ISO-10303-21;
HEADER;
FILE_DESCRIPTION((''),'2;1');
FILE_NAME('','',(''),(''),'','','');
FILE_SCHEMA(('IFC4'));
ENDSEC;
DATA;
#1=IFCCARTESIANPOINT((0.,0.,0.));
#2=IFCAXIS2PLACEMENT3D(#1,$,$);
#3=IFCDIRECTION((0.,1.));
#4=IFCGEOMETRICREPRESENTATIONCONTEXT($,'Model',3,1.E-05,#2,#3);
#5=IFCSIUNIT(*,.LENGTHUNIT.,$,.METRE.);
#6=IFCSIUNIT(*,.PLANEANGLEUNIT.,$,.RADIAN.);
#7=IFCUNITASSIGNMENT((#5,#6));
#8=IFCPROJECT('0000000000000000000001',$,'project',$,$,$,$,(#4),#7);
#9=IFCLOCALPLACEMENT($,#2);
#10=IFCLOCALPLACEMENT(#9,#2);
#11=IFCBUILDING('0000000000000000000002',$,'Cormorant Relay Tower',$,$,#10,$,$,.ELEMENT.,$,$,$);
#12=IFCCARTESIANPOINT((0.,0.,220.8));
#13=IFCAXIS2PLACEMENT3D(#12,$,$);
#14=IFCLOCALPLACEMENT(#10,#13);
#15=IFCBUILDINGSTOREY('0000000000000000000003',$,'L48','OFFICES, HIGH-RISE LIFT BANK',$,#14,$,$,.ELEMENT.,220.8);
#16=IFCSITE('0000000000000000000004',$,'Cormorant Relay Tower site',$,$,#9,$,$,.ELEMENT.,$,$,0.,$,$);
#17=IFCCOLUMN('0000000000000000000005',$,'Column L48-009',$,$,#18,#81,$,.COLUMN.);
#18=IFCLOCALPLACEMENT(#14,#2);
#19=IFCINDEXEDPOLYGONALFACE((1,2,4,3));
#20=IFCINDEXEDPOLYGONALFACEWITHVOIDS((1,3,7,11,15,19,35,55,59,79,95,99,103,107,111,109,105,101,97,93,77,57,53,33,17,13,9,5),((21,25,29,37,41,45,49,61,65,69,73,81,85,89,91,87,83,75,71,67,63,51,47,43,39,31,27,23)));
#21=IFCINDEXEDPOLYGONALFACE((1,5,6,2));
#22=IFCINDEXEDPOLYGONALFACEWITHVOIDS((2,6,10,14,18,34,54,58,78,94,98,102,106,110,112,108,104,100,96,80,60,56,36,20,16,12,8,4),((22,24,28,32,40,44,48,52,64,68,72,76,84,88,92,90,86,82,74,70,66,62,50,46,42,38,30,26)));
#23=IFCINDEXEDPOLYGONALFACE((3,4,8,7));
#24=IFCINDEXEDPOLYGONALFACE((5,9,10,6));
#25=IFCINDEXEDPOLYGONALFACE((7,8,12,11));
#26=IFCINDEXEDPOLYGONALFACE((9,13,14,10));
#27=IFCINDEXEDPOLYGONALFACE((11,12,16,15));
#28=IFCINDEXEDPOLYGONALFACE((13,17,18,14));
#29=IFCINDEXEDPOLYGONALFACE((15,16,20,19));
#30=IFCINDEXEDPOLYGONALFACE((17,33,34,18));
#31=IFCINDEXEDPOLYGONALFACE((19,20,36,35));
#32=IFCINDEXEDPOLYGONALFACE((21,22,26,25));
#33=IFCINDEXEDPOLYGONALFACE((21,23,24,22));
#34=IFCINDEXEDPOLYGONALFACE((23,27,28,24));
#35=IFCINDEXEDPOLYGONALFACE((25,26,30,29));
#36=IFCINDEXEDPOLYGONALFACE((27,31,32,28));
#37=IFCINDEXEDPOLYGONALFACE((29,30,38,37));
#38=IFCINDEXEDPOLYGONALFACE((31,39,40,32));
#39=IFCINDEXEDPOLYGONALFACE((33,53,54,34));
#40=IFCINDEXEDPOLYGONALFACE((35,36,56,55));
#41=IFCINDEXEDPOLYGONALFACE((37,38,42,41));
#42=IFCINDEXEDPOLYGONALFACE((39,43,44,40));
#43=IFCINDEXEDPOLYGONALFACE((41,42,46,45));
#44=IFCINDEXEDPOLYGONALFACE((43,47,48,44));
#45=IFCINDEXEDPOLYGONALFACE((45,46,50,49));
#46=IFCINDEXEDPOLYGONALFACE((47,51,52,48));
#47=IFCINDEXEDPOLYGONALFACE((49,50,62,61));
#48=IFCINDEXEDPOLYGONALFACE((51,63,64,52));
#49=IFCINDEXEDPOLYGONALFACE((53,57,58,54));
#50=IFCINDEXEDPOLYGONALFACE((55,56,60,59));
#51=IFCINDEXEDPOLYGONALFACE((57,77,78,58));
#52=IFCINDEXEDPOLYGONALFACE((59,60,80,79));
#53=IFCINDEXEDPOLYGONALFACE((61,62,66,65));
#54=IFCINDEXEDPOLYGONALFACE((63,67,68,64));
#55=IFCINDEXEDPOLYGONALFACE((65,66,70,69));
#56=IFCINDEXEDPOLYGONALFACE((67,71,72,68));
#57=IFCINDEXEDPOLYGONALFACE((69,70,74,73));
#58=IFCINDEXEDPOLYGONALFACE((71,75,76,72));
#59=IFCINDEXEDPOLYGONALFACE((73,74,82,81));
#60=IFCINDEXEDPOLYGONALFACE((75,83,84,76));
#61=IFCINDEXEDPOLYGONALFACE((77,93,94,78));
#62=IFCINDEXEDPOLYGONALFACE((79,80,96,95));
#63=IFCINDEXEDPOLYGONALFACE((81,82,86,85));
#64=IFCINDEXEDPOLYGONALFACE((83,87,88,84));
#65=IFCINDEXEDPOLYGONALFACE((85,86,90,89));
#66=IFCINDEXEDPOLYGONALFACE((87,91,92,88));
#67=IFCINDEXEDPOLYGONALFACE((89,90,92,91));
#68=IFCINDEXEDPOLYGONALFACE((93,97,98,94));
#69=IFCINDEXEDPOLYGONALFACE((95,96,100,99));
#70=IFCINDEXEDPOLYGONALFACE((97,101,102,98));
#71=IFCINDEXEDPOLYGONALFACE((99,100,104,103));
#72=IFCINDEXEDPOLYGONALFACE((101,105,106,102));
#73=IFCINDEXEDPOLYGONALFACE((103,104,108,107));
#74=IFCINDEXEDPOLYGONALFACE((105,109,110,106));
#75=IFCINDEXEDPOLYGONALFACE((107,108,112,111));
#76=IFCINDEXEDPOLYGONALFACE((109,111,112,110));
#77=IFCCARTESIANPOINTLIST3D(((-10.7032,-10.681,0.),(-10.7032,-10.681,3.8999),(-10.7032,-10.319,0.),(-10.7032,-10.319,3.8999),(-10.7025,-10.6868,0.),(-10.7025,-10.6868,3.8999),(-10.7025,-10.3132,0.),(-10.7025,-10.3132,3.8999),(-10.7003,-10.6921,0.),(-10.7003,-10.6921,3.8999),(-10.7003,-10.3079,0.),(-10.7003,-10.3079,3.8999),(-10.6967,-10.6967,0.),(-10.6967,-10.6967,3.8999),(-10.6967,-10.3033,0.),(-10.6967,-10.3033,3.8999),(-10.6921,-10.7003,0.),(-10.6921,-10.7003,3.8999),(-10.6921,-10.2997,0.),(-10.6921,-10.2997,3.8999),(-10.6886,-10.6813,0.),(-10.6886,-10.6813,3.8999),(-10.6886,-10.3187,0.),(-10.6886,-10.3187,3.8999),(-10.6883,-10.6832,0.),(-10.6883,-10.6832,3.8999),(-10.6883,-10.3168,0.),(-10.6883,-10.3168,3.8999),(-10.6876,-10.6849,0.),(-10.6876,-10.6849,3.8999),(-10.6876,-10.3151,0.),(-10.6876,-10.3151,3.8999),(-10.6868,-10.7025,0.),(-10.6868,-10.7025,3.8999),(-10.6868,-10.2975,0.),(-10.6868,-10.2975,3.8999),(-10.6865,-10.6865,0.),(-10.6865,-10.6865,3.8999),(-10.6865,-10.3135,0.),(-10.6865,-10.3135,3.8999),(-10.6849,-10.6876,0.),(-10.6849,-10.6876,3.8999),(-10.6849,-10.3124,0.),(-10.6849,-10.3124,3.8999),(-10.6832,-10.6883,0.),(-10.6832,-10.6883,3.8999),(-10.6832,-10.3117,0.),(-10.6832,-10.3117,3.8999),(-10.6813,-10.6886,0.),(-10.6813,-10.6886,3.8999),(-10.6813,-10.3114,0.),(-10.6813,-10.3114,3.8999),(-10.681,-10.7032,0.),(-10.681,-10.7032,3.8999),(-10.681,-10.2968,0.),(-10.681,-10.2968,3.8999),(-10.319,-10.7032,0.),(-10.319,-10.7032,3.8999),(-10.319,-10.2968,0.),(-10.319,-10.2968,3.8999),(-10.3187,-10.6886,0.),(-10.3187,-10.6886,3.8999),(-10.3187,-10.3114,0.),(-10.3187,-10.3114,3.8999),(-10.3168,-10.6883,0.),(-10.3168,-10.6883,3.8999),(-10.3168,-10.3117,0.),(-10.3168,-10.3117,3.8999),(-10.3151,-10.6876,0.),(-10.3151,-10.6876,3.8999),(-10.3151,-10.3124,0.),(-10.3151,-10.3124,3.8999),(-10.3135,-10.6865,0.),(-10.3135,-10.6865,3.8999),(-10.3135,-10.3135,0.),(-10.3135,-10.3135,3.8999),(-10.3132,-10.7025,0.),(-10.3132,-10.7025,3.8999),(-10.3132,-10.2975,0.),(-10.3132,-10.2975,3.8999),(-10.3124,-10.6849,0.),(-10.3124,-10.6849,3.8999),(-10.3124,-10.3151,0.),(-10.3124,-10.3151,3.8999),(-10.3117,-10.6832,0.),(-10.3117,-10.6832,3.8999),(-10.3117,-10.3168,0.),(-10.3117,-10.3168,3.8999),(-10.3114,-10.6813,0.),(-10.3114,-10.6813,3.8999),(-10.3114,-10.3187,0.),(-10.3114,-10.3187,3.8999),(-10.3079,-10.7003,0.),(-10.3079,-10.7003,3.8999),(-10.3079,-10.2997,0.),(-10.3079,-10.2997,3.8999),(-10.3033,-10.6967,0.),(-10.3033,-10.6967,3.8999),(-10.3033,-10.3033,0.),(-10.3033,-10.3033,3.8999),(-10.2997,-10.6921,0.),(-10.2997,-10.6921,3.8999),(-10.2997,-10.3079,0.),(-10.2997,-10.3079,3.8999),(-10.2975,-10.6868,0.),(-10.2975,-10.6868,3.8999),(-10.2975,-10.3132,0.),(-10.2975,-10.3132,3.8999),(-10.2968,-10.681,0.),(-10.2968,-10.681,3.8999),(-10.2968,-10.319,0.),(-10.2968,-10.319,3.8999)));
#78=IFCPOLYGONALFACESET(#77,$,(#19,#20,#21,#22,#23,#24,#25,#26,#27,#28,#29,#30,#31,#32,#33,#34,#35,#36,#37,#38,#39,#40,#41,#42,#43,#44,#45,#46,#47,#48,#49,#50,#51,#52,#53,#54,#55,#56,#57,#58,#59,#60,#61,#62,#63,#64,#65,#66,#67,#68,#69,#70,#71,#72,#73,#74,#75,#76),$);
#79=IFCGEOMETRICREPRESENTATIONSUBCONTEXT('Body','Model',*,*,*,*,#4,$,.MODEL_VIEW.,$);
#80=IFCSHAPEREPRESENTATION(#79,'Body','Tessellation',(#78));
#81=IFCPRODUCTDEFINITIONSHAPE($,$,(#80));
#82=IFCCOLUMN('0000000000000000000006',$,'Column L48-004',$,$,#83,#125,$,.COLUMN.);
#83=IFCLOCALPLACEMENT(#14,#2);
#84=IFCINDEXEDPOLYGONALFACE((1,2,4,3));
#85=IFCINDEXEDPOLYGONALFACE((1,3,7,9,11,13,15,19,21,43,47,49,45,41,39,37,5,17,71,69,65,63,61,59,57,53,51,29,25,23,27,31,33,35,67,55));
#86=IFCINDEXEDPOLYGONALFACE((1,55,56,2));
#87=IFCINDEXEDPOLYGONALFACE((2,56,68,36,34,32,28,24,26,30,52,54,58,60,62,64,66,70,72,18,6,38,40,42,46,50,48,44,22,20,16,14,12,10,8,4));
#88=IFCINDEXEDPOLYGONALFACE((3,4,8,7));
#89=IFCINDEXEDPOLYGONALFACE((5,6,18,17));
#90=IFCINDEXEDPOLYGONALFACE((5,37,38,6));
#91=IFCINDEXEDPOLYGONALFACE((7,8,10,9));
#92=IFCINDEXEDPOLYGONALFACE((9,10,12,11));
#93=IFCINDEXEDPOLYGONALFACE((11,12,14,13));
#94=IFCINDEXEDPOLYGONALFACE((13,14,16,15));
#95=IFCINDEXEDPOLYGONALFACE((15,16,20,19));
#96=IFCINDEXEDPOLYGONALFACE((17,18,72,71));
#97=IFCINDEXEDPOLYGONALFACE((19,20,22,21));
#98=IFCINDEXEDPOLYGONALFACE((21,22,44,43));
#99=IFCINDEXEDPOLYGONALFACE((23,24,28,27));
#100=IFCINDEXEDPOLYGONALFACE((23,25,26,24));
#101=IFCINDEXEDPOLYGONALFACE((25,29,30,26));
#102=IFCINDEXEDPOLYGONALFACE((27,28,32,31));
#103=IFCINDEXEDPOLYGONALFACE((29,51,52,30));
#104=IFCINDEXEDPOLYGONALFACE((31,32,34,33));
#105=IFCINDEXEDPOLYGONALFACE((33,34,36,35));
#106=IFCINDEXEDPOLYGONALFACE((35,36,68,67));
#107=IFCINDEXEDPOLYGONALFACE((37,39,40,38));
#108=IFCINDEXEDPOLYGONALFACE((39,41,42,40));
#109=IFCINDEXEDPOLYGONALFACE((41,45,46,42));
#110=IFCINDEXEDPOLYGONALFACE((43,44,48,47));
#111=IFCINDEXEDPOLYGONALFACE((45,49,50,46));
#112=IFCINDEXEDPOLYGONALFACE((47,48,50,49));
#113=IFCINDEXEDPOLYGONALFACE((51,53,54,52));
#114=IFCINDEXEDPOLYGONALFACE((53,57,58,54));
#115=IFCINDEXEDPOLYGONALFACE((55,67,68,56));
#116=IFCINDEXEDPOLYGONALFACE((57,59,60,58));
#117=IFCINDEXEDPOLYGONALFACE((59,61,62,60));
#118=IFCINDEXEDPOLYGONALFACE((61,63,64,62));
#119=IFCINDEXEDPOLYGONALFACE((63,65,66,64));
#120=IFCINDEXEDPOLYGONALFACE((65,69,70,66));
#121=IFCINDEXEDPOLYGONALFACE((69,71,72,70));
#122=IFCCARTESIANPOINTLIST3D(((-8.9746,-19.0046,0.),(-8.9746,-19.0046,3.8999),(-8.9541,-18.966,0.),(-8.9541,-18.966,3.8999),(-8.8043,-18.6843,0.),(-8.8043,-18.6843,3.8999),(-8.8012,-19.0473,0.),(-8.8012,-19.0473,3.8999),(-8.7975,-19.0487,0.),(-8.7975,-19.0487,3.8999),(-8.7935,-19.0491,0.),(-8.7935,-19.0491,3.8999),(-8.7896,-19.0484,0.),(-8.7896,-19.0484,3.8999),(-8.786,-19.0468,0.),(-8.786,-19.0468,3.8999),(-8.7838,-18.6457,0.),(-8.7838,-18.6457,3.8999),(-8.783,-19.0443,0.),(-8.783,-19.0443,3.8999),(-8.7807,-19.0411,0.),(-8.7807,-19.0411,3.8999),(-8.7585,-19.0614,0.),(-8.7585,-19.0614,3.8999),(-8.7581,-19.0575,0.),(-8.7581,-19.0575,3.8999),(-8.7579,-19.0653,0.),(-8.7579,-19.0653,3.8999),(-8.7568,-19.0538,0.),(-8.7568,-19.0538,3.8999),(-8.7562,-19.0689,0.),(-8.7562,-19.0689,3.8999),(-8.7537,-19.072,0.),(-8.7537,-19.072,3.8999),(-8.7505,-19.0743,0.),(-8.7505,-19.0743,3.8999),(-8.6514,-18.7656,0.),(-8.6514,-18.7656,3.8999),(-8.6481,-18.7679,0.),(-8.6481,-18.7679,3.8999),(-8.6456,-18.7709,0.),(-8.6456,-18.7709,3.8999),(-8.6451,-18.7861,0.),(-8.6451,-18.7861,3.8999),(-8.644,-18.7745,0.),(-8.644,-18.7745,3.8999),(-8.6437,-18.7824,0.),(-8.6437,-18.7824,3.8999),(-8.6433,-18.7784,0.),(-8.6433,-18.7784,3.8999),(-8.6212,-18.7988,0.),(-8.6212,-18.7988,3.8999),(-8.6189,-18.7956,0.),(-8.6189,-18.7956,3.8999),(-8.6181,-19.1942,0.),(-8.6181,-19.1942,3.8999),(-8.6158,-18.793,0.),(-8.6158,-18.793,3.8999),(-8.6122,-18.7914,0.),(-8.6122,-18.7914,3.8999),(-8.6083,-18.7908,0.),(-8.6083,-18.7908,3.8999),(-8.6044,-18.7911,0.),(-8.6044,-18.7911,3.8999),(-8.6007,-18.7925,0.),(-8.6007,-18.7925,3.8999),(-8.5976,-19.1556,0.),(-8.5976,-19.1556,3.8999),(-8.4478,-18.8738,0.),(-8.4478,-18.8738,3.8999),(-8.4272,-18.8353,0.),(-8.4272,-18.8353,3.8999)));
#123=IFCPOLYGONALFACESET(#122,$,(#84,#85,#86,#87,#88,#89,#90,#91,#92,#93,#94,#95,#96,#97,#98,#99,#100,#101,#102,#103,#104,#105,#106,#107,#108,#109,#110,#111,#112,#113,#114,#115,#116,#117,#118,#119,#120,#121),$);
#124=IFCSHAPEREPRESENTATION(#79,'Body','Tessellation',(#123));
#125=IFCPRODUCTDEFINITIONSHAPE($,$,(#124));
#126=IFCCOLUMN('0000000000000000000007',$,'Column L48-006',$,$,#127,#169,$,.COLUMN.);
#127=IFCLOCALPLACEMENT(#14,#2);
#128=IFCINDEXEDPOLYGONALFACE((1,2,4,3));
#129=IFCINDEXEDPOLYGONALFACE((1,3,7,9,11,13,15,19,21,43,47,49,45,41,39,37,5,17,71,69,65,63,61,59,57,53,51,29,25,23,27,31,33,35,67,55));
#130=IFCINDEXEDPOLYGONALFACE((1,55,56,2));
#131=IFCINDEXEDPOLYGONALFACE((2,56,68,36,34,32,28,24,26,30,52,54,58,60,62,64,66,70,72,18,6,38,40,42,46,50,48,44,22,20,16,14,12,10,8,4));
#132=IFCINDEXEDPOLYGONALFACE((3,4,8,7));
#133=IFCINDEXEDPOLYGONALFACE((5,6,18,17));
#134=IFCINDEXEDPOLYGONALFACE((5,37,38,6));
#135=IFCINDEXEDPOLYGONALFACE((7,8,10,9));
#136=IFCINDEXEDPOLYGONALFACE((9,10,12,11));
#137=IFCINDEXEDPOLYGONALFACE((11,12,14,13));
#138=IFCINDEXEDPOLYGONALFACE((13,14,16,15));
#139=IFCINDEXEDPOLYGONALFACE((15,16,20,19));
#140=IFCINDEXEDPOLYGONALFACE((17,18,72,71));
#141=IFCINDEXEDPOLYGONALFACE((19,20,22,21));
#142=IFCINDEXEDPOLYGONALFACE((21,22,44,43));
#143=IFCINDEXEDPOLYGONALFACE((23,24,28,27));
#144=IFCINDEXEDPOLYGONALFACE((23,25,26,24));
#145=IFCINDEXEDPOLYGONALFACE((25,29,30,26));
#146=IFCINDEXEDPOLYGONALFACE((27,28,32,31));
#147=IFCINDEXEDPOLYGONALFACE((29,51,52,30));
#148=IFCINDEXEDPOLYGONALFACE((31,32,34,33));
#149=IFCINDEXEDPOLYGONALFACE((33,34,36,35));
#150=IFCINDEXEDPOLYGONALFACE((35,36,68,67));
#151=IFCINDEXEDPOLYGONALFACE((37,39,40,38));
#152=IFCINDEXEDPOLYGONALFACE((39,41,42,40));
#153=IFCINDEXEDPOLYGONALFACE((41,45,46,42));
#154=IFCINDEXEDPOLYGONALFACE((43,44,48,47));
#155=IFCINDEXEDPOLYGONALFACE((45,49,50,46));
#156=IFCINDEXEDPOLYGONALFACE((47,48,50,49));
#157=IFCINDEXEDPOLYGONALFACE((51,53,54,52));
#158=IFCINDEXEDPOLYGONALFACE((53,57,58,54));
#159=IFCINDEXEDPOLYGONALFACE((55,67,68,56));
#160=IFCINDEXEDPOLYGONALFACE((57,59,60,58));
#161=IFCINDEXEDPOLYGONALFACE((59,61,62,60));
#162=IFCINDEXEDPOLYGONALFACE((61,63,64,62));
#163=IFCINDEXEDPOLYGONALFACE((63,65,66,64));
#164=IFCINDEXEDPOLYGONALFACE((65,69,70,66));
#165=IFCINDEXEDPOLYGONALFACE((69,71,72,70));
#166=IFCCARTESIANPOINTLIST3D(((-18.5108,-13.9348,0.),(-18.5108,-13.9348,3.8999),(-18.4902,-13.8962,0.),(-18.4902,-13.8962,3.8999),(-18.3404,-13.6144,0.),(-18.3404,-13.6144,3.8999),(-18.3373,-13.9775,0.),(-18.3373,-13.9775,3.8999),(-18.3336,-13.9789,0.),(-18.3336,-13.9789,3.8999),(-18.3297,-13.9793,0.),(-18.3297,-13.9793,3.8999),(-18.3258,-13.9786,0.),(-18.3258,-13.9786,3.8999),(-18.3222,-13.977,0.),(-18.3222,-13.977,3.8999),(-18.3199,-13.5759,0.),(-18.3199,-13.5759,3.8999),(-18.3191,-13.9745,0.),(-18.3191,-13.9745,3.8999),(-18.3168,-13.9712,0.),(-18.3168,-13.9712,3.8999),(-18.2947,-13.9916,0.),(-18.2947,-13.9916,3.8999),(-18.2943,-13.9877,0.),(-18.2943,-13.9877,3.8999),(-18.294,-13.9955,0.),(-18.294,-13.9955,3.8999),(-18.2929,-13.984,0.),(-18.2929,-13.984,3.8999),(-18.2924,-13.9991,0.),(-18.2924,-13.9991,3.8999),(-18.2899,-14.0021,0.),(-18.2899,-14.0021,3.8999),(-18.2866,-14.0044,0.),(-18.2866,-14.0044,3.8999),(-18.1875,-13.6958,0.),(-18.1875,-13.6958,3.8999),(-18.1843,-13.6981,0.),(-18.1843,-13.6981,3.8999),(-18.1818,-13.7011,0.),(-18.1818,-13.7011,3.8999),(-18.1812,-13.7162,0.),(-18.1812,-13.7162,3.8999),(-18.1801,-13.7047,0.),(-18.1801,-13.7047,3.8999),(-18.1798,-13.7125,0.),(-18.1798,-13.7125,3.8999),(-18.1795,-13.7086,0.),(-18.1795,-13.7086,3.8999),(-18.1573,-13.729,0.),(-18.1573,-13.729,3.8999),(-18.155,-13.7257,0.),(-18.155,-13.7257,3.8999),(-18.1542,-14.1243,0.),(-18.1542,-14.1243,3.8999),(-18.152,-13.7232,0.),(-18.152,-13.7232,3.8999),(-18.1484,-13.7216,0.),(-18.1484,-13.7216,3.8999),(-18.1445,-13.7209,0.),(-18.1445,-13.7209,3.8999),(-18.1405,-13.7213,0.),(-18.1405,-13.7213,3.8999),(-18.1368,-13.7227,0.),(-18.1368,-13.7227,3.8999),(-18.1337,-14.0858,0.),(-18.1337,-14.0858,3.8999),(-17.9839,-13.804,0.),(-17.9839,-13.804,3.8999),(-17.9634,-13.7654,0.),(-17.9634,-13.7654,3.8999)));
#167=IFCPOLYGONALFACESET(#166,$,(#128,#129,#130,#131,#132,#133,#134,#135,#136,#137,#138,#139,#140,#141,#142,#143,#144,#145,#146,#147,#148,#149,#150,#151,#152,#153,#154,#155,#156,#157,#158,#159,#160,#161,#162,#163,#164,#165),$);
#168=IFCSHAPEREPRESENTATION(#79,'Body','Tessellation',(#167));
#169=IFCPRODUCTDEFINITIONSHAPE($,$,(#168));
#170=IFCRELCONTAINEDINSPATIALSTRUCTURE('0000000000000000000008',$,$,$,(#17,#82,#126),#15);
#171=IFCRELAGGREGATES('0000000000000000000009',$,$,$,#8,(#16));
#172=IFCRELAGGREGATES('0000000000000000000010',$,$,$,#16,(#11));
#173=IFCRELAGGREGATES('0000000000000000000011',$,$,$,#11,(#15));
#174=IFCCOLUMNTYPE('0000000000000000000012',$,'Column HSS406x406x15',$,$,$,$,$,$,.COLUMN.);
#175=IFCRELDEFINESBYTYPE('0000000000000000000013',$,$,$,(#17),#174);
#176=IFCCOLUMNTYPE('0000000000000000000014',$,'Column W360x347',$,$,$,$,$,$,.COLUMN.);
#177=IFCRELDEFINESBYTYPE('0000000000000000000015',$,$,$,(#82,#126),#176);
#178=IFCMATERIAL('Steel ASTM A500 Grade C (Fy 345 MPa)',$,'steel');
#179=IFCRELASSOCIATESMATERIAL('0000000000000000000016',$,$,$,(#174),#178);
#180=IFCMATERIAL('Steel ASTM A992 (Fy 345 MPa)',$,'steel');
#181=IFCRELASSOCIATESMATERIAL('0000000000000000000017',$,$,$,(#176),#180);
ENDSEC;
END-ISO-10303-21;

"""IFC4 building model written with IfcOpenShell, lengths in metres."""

from ifc_helpers import new_model, si_unit, direction, frame, origin, origin_2d, place, context, subcontext, project, spatial, hollow_rectangle, i_section, extrude, material, material_profile, profile_set, type_object, element, save


model = new_model("IFC4")

# Units and contexts
model_context = context("Model", 3, precision=1e-05, world=origin(), true_north=direction((0.0, 1.0)))
body_context = subcontext(model_context, "Body", "Model", "MODEL_VIEW")
ifc_project = project(units=[si_unit("LENGTHUNIT", "METRE"), si_unit("PLANEANGLEUNIT", "RADIAN")], contexts=[model_context])

# Site, building, storey
site_placement = place(None, origin())
site = spatial("IfcSite", under=ifc_project, at=site_placement, Name="Cormorant Relay Tower site", CompositionType="ELEMENT", RefElevation=0.0)
building_placement = place(site_placement, origin())
building = spatial("IfcBuilding", under=site, at=building_placement, Name="Cormorant Relay Tower", CompositionType="ELEMENT")
storey_placement = place(building_placement, frame((0.0, 0.0, 220.8)))
storey = spatial("IfcBuildingStorey", under=building, at=storey_placement, Name="L48", Description="OFFICES, HIGH-RISE LIFT BANK", CompositionType="ELEMENT", Elevation=220.8)

# Columns
ifc_material_1 = material(Name="Steel ASTM A500 Grade C (Fy 345 MPa)", Category="steel")
ifc_material_profile_1 = material_profile(ifc_material_1, hollow_rectangle(XDim=0.4065, YDim=0.4065, WallThickness=0.0146, InnerFilletRadius=0.0073, OuterFilletRadius=0.0222, at=origin_2d()), Name="HSS406x406x15")
ifc_profile_set_1 = profile_set([ifc_material_profile_1], Name="Steel ASTM A500 Grade C (Fy 345 MPa)")
column_type_1 = type_object("IfcColumnType", Name="Column HSS406x406x15", PredefinedType="COLUMN", material=ifc_profile_set_1)
column_placement = place(storey_placement, frame((-10.5, -10.5, 0.0), z_axis=(0.0, 0.0, 1.0), x_axis=(1.0, 0.0, 0.0)))
element("IfcColumn", 1, at=column_placement, inside=storey, type_object=column_type_1, Name="Column L48-009", PredefinedType="COLUMN", context=body_context, shape_type="SweptSolid", body=[
    extrude(hollow_rectangle(XDim=0.4065, YDim=0.4065, WallThickness=0.0146, InnerFilletRadius=0.0073, OuterFilletRadius=0.0222, at=origin_2d()), origin(), (0.0, 0.0, 1.0), 3.8999),
])
ifc_material_2 = material(Name="Steel ASTM A992 (Fy 345 MPa)", Category="steel")
ifc_material_profile_2 = material_profile(ifc_material_2, i_section(OverallWidth=0.4038, OverallDepth=0.4065, WebThickness=0.0271, FlangeThickness=0.0437, FilletRadius=0.0151, at=origin_2d()), Name="W360x347")
ifc_profile_set_2 = profile_set([ifc_material_profile_2], Name="Steel ASTM A992 (Fy 345 MPa)")
column_type_2 = type_object("IfcColumnType", Name="Column W360x347", PredefinedType="COLUMN", material=ifc_profile_set_2)
for number, where, z_axis, x_axis, name in (
    (2, (-8.7009, -18.9199, 0.0), (0.0, 0.0, 1.0), (0.882948, -0.469472, 0.0), "Column L48-004"),
    (3, (-18.2371, -13.8501, 0.0), (0.0, 0.0, 1.0), (0.882948, -0.469472, 0.0), "Column L48-006"),
):
    element("IfcColumn", number, at=place(storey_placement, frame(where, z_axis=z_axis, x_axis=x_axis)), inside=storey, type_object=column_type_2, Name=name, PredefinedType="COLUMN", context=body_context, shape_type="SweptSolid", body=[
        extrude(i_section(OverallWidth=0.4038, OverallDepth=0.4065, WebThickness=0.0271, FlangeThickness=0.0437, FilletRadius=0.0151, at=origin_2d()), origin(), (0.0, 0.0, 1.0), 3.8999),
    ])

save(model, "model.ifc")
